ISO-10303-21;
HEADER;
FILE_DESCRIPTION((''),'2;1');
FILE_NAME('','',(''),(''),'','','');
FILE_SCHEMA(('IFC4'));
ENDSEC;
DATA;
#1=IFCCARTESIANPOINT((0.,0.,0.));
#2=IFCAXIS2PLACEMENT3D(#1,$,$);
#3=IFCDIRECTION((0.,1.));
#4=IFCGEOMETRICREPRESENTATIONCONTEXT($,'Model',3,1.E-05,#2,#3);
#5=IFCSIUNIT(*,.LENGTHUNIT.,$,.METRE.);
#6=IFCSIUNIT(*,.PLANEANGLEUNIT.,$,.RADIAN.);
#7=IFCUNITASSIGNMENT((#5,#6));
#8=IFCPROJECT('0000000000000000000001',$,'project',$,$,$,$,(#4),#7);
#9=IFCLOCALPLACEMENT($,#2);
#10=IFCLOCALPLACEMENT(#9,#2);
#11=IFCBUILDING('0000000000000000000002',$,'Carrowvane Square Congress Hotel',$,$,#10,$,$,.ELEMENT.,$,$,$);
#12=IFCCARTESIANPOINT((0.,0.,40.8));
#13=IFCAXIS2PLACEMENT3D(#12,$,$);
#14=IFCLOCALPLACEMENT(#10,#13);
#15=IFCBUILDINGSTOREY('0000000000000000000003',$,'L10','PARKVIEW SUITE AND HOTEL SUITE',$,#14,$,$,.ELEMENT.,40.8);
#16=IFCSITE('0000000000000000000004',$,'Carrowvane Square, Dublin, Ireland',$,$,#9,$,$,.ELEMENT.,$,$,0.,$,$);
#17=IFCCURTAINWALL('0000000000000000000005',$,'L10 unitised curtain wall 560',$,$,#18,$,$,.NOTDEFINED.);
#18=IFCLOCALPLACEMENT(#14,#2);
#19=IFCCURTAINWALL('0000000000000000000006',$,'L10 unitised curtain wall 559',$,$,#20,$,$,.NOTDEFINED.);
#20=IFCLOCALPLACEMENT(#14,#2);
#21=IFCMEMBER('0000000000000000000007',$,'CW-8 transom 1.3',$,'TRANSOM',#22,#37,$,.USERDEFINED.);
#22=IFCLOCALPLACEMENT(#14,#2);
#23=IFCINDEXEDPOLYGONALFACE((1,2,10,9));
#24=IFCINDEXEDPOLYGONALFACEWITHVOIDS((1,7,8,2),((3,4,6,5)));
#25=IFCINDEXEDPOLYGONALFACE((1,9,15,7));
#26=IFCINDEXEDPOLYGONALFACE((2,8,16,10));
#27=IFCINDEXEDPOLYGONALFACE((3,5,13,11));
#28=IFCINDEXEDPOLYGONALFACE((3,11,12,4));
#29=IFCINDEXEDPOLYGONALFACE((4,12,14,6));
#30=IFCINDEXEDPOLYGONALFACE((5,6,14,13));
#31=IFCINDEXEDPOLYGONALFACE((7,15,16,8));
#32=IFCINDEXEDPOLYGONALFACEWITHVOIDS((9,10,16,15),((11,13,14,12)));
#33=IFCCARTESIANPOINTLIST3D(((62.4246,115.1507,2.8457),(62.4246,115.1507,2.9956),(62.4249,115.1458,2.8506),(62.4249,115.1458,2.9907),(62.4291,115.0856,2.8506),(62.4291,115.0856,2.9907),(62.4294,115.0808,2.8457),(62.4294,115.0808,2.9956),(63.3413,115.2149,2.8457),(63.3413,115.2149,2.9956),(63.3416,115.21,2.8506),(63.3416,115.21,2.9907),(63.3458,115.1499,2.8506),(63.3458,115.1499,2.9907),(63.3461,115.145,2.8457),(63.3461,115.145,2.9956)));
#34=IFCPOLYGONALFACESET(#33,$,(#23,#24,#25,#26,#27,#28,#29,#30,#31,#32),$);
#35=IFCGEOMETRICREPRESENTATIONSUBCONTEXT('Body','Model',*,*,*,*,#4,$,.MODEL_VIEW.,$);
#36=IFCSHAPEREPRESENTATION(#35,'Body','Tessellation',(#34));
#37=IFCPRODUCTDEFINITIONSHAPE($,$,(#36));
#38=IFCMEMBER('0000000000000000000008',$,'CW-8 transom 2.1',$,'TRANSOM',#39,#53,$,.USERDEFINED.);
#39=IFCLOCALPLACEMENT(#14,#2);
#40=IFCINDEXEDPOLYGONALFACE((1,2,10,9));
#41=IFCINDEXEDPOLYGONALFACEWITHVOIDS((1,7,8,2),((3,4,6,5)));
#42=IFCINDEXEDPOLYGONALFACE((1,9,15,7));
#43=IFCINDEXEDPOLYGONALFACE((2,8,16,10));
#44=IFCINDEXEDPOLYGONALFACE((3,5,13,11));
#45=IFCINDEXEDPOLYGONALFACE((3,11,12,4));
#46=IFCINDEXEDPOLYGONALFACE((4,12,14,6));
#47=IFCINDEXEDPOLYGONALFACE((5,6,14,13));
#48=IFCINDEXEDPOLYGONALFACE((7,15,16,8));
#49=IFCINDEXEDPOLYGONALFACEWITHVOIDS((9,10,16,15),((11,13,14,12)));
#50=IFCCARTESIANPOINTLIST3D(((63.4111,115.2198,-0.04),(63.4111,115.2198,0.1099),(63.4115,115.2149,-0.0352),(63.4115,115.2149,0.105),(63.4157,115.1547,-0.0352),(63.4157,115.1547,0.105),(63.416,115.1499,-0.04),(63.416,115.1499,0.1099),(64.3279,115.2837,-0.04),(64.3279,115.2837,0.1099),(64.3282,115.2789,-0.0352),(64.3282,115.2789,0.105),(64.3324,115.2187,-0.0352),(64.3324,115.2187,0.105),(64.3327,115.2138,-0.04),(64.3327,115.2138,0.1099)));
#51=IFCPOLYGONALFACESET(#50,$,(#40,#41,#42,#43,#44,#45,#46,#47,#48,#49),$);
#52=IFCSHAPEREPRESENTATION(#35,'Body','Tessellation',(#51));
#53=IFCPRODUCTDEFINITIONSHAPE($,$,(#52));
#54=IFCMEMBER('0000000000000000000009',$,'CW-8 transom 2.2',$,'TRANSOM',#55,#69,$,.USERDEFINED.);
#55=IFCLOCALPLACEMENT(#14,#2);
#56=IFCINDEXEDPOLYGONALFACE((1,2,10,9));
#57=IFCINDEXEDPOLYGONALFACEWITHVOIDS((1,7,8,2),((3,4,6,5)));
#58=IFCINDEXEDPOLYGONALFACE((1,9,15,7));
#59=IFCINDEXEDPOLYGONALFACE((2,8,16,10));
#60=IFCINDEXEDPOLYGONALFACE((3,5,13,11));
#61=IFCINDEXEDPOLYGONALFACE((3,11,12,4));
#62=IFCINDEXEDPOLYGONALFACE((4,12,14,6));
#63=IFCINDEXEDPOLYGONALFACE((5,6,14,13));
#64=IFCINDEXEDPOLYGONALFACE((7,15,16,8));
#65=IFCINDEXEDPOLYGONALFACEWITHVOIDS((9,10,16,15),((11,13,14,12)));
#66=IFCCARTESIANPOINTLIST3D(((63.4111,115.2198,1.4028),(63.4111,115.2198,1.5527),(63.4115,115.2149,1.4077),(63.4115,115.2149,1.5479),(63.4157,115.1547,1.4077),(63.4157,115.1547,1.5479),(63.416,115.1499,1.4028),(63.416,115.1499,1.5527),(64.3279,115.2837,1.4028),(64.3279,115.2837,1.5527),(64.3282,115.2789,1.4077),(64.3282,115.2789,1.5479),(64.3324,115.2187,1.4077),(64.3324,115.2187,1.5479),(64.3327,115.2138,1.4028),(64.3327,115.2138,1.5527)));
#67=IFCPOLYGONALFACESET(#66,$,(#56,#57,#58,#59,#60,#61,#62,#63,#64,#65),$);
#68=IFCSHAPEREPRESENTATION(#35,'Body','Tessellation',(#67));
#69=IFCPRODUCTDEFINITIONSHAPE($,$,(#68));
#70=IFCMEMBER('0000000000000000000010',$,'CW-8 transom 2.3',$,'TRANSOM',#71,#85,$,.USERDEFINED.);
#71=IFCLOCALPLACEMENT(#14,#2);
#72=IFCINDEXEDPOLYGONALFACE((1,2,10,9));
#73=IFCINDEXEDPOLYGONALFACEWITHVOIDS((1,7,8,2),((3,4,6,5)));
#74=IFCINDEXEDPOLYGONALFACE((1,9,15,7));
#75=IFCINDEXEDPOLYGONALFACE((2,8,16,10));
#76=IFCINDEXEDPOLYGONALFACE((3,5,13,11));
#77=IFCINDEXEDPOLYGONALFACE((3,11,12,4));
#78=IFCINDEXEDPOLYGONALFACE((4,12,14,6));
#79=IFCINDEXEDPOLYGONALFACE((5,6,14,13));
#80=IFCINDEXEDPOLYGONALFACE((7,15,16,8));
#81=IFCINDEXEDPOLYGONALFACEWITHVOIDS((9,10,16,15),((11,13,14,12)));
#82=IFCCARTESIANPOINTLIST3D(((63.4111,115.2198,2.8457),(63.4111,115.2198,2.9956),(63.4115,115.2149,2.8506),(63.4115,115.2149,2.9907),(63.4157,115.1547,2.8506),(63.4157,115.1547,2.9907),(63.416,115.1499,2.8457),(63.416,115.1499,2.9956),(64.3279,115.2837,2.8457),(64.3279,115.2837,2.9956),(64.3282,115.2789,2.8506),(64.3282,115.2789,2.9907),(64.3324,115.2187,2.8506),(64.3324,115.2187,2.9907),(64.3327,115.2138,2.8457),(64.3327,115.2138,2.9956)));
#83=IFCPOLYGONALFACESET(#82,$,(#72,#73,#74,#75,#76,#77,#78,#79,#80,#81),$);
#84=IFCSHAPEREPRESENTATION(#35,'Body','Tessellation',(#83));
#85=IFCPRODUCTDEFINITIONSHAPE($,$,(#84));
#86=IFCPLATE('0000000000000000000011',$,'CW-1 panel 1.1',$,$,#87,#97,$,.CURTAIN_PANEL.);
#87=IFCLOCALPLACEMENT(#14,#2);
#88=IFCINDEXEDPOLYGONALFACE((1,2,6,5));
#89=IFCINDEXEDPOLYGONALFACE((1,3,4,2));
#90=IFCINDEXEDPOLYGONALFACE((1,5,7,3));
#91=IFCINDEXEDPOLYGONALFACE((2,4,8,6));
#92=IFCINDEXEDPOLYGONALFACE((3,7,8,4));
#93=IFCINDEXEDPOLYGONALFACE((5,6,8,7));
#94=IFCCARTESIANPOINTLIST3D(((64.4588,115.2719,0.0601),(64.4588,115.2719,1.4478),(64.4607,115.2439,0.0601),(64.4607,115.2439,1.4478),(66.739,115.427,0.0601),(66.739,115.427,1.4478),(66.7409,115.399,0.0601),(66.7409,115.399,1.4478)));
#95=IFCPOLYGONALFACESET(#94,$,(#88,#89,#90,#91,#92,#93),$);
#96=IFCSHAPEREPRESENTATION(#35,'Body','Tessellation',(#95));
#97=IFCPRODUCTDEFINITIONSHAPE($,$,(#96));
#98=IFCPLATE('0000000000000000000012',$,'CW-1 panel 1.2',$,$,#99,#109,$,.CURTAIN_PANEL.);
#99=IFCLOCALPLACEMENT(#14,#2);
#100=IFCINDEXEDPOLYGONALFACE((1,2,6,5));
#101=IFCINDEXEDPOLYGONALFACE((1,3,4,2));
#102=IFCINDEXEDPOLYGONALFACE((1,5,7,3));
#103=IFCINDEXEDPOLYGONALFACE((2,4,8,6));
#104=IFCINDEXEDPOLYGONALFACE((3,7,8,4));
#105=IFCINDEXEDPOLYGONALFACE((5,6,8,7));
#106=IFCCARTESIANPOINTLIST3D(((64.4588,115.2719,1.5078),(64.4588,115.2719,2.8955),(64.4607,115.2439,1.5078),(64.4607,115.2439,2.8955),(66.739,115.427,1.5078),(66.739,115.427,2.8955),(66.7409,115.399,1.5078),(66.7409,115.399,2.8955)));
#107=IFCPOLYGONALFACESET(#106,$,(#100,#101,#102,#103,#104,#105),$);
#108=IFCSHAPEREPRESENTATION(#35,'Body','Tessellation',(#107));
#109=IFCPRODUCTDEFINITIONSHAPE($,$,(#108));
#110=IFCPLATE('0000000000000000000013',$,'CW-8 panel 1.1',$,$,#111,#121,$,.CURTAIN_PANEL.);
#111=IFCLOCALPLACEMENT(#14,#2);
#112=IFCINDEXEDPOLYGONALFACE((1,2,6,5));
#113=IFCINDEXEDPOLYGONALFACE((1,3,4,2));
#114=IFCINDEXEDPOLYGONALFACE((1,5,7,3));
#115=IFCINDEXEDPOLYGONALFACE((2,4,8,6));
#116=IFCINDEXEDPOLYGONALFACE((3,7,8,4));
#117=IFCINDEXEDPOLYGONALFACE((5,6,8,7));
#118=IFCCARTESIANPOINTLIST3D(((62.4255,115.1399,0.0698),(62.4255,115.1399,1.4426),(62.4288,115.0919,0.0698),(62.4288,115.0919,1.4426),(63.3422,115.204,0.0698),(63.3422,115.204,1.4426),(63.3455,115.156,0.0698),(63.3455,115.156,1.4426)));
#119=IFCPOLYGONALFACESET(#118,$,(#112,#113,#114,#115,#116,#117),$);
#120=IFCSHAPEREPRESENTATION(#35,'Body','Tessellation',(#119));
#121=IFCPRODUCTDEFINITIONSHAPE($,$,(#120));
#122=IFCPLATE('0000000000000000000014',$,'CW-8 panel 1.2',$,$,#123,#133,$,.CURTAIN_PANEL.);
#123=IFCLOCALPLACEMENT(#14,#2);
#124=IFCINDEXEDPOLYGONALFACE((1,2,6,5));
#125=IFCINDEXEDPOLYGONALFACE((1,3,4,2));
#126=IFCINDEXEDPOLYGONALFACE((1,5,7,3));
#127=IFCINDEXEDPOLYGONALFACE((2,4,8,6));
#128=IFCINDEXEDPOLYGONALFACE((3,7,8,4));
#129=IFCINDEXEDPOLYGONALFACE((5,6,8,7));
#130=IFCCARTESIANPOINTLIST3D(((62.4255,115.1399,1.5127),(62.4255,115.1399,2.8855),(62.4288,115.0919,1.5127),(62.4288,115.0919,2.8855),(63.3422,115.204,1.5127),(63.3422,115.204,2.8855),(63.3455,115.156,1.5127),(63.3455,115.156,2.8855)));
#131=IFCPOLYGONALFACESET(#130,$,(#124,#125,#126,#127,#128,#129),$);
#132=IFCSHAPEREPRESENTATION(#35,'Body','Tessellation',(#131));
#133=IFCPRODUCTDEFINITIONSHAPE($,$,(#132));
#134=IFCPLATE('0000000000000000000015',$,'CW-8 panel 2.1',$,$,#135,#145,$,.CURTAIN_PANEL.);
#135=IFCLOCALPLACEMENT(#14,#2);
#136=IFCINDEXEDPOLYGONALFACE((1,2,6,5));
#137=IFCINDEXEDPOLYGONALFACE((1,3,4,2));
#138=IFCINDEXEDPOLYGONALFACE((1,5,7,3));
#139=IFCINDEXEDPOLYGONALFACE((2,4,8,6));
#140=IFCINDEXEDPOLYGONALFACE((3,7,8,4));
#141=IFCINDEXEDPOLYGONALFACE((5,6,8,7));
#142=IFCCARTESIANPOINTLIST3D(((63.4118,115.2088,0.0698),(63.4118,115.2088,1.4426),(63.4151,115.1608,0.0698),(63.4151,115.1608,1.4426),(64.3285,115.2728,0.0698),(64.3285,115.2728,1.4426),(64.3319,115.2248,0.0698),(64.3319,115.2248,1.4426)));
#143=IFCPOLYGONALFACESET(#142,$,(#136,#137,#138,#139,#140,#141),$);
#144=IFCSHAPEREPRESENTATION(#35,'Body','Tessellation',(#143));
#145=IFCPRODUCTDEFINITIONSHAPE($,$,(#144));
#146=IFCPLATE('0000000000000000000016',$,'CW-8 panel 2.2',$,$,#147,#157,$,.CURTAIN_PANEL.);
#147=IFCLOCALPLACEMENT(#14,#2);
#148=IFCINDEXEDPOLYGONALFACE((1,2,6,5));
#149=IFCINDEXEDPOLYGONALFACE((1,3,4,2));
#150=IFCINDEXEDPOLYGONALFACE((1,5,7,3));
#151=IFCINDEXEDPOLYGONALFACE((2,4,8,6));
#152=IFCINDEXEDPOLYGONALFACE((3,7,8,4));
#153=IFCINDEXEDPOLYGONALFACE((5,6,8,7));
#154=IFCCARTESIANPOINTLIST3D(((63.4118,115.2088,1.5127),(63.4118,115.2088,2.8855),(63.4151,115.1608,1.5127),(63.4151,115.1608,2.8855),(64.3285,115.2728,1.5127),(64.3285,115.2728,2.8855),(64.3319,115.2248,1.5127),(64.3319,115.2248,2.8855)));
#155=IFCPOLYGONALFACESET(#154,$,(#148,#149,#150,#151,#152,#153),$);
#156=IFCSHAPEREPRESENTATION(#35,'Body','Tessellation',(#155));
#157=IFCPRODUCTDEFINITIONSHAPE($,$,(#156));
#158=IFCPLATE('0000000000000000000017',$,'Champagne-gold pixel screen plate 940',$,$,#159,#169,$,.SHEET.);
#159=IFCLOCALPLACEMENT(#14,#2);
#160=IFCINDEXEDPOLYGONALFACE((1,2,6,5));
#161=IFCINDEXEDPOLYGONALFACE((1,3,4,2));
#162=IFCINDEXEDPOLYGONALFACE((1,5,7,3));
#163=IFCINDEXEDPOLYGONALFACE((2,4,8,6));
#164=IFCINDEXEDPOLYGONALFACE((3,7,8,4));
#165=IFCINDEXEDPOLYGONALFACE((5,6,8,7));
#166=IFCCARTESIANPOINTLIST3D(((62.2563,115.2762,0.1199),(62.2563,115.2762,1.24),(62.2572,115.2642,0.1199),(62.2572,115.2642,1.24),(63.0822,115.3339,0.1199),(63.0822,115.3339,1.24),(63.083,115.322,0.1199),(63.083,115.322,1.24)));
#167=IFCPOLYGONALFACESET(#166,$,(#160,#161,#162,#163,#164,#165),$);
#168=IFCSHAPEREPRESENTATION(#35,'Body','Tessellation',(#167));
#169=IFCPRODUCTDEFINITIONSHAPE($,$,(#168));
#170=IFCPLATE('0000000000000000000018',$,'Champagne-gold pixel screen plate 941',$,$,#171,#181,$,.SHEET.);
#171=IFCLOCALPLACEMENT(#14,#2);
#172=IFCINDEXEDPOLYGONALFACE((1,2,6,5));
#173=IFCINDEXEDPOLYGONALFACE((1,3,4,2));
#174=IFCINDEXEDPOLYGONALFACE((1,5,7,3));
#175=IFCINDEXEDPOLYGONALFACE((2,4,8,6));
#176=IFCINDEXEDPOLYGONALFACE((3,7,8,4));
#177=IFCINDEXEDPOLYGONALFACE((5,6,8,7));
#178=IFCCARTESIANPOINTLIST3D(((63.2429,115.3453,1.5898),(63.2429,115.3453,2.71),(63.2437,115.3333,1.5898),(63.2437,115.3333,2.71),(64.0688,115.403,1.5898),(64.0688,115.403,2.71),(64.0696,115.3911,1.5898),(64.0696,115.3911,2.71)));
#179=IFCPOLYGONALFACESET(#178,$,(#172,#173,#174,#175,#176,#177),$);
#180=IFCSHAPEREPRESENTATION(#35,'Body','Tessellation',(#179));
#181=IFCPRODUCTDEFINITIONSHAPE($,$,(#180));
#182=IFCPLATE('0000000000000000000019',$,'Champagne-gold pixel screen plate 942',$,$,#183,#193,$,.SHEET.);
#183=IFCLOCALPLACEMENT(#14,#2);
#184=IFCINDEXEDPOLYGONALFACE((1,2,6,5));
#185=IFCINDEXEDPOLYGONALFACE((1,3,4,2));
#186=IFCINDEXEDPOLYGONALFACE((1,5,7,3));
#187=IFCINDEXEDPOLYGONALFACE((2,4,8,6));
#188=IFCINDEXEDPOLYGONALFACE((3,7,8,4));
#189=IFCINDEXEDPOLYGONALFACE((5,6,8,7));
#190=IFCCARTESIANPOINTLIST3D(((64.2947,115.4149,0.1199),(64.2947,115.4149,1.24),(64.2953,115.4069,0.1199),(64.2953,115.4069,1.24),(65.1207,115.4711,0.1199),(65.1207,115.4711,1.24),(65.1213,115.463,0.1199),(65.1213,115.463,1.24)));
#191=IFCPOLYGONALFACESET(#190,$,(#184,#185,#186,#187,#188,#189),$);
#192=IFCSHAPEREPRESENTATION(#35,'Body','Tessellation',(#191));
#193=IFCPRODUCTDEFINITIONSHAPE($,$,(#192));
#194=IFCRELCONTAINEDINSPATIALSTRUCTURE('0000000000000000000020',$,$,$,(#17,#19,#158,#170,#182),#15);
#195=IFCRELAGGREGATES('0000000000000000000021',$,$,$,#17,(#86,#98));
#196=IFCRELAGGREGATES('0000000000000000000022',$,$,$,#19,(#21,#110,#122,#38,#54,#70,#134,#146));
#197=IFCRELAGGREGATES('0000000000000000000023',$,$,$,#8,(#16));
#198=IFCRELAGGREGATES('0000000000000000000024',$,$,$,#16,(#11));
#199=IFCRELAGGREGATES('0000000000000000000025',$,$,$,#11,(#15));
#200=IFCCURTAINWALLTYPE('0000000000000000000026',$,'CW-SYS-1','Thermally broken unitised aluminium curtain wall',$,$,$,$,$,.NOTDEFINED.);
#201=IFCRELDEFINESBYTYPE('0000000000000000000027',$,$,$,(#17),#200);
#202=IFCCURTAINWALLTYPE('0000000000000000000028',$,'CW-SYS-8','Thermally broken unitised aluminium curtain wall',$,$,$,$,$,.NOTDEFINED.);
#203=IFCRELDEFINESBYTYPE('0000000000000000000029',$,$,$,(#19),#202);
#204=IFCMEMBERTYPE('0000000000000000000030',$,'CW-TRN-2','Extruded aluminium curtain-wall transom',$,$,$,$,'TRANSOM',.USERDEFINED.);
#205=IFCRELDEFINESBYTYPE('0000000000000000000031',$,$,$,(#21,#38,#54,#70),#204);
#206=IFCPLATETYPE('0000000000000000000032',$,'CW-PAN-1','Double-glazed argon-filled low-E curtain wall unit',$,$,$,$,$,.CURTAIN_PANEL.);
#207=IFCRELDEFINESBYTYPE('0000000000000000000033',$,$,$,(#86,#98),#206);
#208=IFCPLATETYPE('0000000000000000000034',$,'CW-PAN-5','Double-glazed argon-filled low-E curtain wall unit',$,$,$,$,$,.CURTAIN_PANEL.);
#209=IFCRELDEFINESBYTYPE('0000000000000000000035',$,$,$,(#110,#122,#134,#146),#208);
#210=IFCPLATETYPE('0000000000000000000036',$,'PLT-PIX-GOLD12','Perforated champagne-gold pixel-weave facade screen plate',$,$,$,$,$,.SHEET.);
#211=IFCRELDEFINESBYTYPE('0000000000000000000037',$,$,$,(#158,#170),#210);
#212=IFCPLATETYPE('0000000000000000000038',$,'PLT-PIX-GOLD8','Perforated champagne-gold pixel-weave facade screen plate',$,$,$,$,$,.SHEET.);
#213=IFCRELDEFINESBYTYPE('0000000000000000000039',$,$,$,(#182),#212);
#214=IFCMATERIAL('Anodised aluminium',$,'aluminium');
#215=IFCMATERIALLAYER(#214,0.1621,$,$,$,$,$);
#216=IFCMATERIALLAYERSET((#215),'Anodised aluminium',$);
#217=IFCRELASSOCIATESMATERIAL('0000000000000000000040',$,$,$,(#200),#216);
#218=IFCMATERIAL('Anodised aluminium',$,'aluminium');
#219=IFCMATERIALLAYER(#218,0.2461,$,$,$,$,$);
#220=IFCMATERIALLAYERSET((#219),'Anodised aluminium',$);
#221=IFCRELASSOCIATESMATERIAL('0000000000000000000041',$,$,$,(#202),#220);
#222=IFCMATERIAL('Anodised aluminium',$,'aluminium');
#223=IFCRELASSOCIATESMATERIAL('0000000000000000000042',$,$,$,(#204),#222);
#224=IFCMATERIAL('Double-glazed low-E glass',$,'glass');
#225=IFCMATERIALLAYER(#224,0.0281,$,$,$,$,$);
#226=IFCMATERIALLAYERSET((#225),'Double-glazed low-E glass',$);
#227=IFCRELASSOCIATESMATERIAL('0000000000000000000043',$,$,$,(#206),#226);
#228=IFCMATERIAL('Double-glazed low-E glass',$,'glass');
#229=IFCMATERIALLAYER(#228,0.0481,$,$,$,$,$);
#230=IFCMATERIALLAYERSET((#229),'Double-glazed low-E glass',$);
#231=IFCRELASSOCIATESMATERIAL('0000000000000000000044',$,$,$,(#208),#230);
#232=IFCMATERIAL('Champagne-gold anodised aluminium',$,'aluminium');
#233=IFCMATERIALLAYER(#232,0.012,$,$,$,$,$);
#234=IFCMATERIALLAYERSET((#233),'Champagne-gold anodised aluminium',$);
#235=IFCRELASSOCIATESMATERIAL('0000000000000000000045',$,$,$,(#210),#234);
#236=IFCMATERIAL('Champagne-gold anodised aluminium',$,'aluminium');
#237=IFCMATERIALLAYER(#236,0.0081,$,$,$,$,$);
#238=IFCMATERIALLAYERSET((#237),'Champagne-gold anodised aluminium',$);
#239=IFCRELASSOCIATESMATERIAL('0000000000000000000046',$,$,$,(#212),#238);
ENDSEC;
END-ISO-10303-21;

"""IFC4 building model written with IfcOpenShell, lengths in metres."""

from ifc_helpers import new_model, si_unit, direction, frame, origin, origin_2d, place, context, subcontext, project, spatial, rectangle, hollow_rectangle, extrude, material, layer, layer_set, material_profile, profile_set, type_object, element, aggregate, save


model = new_model("IFC4")

# Units and contexts
model_context = context("Model", 3, precision=1e-05, world=origin(), true_north=direction((0.0, 1.0)))
body_context = subcontext(model_context, "Body", "Model", "MODEL_VIEW")
ifc_project = project(units=[si_unit("LENGTHUNIT", "METRE"), si_unit("PLANEANGLEUNIT", "RADIAN")], contexts=[model_context])

# Site, building, storey
site_placement = place(None, origin())
site = spatial("IfcSite", under=ifc_project, at=site_placement, Name="Carrowvane Square, Dublin, Ireland", CompositionType="ELEMENT", RefElevation=0.0)
building_placement = place(site_placement, origin())
building = spatial("IfcBuilding", under=site, at=building_placement, Name="Carrowvane Square Congress Hotel", CompositionType="ELEMENT")
storey_placement = place(building_placement, frame((0.0, 0.0, 40.8)))
storey = spatial("IfcBuildingStorey", under=building, at=storey_placement, Name="L10", Description="PARKVIEW SUITE AND HOTEL SUITE", CompositionType="ELEMENT", Elevation=40.8)

# Curtain walls
ifc_material_1 = material(Name="Anodised aluminium", Category="aluminium")
ifc_layer_1 = layer(ifc_material_1, 0.1621)
ifc_layer_set_1 = layer_set([ifc_layer_1], Name="Anodised aluminium")
curtain_wall_type_1 = type_object("IfcCurtainWallType", Name="CW-SYS-1", Description="Thermally broken unitised aluminium curtain wall", PredefinedType="NOTDEFINED", material=ifc_layer_set_1)
curtain_wall_1_placement = place(storey_placement, origin())
curtain_wall_1 = element("IfcCurtainWall", 1, at=curtain_wall_1_placement, inside=storey, type_object=curtain_wall_type_1, Name="L10 unitised curtain wall 560", PredefinedType="NOTDEFINED")
ifc_material_2 = material(Name="Anodised aluminium", Category="aluminium")
ifc_layer_2 = layer(ifc_material_2, 0.2461)
ifc_layer_set_2 = layer_set([ifc_layer_2], Name="Anodised aluminium")
curtain_wall_type_2 = type_object("IfcCurtainWallType", Name="CW-SYS-8", Description="Thermally broken unitised aluminium curtain wall", PredefinedType="NOTDEFINED", material=ifc_layer_set_2)
curtain_wall_2_placement = place(storey_placement, origin())
curtain_wall_2 = element("IfcCurtainWall", 2, at=curtain_wall_2_placement, inside=storey, type_object=curtain_wall_type_2, Name="L10 unitised curtain wall 559", PredefinedType="NOTDEFINED")

# Members
ifc_material_3 = material(Name="Anodised aluminium", Category="aluminium")
ifc_material_profile_1 = material_profile(ifc_material_3, hollow_rectangle(XDim=0.0701, YDim=0.1499, WallThickness=0.0049, at=origin_2d()), Name="CW-TR 70x150x5")
ifc_profile_set_1 = profile_set([ifc_material_profile_1], Name="Anodised aluminium")
member_type_1 = type_object("IfcMemberType", Name="CW-TRN-2", Description="Extruded aluminium curtain-wall transom", ElementType="TRANSOM", PredefinedType="USERDEFINED", material=ifc_profile_set_1)
member_1_placement = place(storey_placement, frame((62.427, 115.1157, 2.9207), z_axis=(0.997556, 0.069869, 0.0), x_axis=(-0.069869, 0.997556, 0.0)))
member_1 = element("IfcMember", 3, at=member_1_placement, type_object=member_type_1, Name="CW-8 transom 1.3", ObjectType="TRANSOM", PredefinedType="USERDEFINED", context=body_context, shape_type="SweptSolid", body=[
    extrude(hollow_rectangle(XDim=0.0701, YDim=0.1499, WallThickness=0.0049, at=origin_2d()), origin(), (0.0, 0.0, 1.0), 0.9189),
])
member_2_placement = place(storey_placement, frame((63.4136, 115.1848, 0.0349), z_axis=(0.997575, 0.069604, 0.0), x_axis=(-0.069604, 0.997575, 0.0)))
member_2 = element("IfcMember", 4, at=member_2_placement, type_object=member_type_1, Name="CW-8 transom 2.1", ObjectType="TRANSOM", PredefinedType="USERDEFINED", context=body_context, shape_type="SweptSolid", body=[
    extrude(hollow_rectangle(XDim=0.0701, YDim=0.1499, WallThickness=0.0049, at=origin_2d()), origin(), (0.0, 0.0, 1.0), 0.9189),
])
member_3_placement = place(storey_placement, frame((63.4136, 115.1848, 1.4778), z_axis=(0.997575, 0.069604, 0.0), x_axis=(-0.069604, 0.997575, 0.0)))
member_3 = element("IfcMember", 5, at=member_3_placement, type_object=member_type_1, Name="CW-8 transom 2.2", ObjectType="TRANSOM", PredefinedType="USERDEFINED", context=body_context, shape_type="SweptSolid", body=[
    extrude(hollow_rectangle(XDim=0.0701, YDim=0.1499, WallThickness=0.0049, at=origin_2d()), origin(), (0.0, 0.0, 1.0), 0.9189),
])
member_4_placement = place(storey_placement, frame((63.4136, 115.1848, 2.9207), z_axis=(0.997575, 0.069604, 0.0), x_axis=(-0.069604, 0.997575, 0.0)))
member_4 = element("IfcMember", 6, at=member_4_placement, type_object=member_type_1, Name="CW-8 transom 2.3", ObjectType="TRANSOM", PredefinedType="USERDEFINED", context=body_context, shape_type="SweptSolid", body=[
    extrude(hollow_rectangle(XDim=0.0701, YDim=0.1499, WallThickness=0.0049, at=origin_2d()), origin(), (0.0, 0.0, 1.0), 0.9189),
])

# Plates
ifc_material_4 = material(Name="Double-glazed low-E glass", Category="glass")
ifc_layer_3 = layer(ifc_material_4, 0.0281)
ifc_layer_set_3 = layer_set([ifc_layer_3], Name="Double-glazed low-E glass")
plate_type_1 = type_object("IfcPlateType", Name="CW-PAN-1", Description="Double-glazed argon-filled low-E curtain wall unit", PredefinedType="CURTAIN_PANEL", material=ifc_layer_set_3)
plate_1_placement = place(storey_placement, frame((65.5999, 115.3354, 0.0601), z_axis=(0.0, 0.0, 1.0), x_axis=(0.997694, 0.067865, 0.0)))
plate_1 = element("IfcPlate", 7, at=plate_1_placement, type_object=plate_type_1, Name="CW-1 panel 1.1", PredefinedType="CURTAIN_PANEL", context=body_context, shape_type="SweptSolid", body=[
    extrude(rectangle(XDim=2.2854, YDim=0.0281, at=origin_2d()), origin(), (0.0, 0.0, 1.0), 1.3877),
])
plate_2_placement = place(storey_placement, frame((65.5999, 115.3354, 1.5078), z_axis=(0.0, 0.0, 1.0), x_axis=(0.997694, 0.067865, 0.0)))
plate_2 = element("IfcPlate", 8, at=plate_2_placement, type_object=plate_type_1, Name="CW-1 panel 1.2", PredefinedType="CURTAIN_PANEL", context=body_context, shape_type="SweptSolid", body=[
    extrude(rectangle(XDim=2.2854, YDim=0.0281, at=origin_2d()), origin(), (0.0, 0.0, 1.0), 1.3877),
])
aggregate(curtain_wall_1, [plate_1, plate_2])
ifc_material_5 = material(Name="Double-glazed low-E glass", Category="glass")
ifc_layer_4 = layer(ifc_material_5, 0.0481)
ifc_layer_set_4 = layer_set([ifc_layer_4], Name="Double-glazed low-E glass")
plate_type_2 = type_object("IfcPlateType", Name="CW-PAN-5", Description="Double-glazed argon-filled low-E curtain wall unit", PredefinedType="CURTAIN_PANEL", material=ifc_layer_set_4)
plate_3_placement = place(storey_placement, frame((62.8855, 115.1479, 0.0698), z_axis=(0.0, 0.0, 1.0), x_axis=(0.997566, 0.069724, 0.0)))
plate_3 = element("IfcPlate", 9, at=plate_3_placement, type_object=plate_type_2, Name="CW-8 panel 1.1", PredefinedType="CURTAIN_PANEL", context=body_context, shape_type="SweptSolid", body=[
    extrude(rectangle(XDim=0.9189, YDim=0.0481, at=origin_2d()), origin(), (0.0, 0.0, 1.0), 1.3728),
])
plate_4_placement = place(storey_placement, frame((62.8855, 115.1479, 1.5127), z_axis=(0.0, 0.0, 1.0), x_axis=(0.997566, 0.069724, 0.0)))
plate_4 = element("IfcPlate", 10, at=plate_4_placement, type_object=plate_type_2, Name="CW-8 panel 1.2", PredefinedType="CURTAIN_PANEL", context=body_context, shape_type="SweptSolid", body=[
    extrude(rectangle(XDim=0.9189, YDim=0.0481, at=origin_2d()), origin(), (0.0, 0.0, 1.0), 1.3728),
])
plate_5_placement = place(storey_placement, frame((63.8718, 115.2168, 0.0698), z_axis=(0.0, 0.0, 1.0), x_axis=(0.997566, 0.069724, 0.0)))
plate_5 = element("IfcPlate", 11, at=plate_5_placement, type_object=plate_type_2, Name="CW-8 panel 2.1", PredefinedType="CURTAIN_PANEL", context=body_context, shape_type="SweptSolid", body=[
    extrude(rectangle(XDim=0.9189, YDim=0.0481, at=origin_2d()), origin(), (0.0, 0.0, 1.0), 1.3728),
])
plate_6_placement = place(storey_placement, frame((63.8718, 115.2168, 1.5127), z_axis=(0.0, 0.0, 1.0), x_axis=(0.997566, 0.069724, 0.0)))
plate_6 = element("IfcPlate", 12, at=plate_6_placement, type_object=plate_type_2, Name="CW-8 panel 2.2", PredefinedType="CURTAIN_PANEL", context=body_context, shape_type="SweptSolid", body=[
    extrude(rectangle(XDim=0.9189, YDim=0.0481, at=origin_2d()), origin(), (0.0, 0.0, 1.0), 1.3728),
])
aggregate(curtain_wall_2, [member_1, plate_3, plate_4, member_2, member_3, member_4, plate_5, plate_6])

# Plates
ifc_material_6 = material(Name="Champagne-gold anodised aluminium", Category="aluminium")
ifc_layer_5 = layer(ifc_material_6, 0.012)
ifc_layer_set_5 = layer_set([ifc_layer_5], Name="Champagne-gold anodised aluminium")
plate_type_3 = type_object("IfcPlateType", Name="PLT-PIX-GOLD12", Description="Perforated champagne-gold pixel-weave facade screen plate", PredefinedType="SHEET", material=ifc_layer_set_5)
for number, where, z_axis, x_axis, name in (
    (13, (62.6697, 115.2991, 0.1199), (0.0, 0.0, 1.0), (0.997566, 0.069725, 0.0), "Champagne-gold pixel screen plate 940"),
    (14, (63.6562, 115.3682, 1.5898), (0.0, 0.0, 1.0), (0.997566, 0.069725, 0.0), "Champagne-gold pixel screen plate 941"),
):
    element("IfcPlate", number, at=place(storey_placement, frame(where, z_axis=z_axis, x_axis=x_axis)), inside=storey, type_object=plate_type_3, Name=name, PredefinedType="SHEET", context=body_context, shape_type="SweptSolid", body=[
        extrude(rectangle(XDim=0.8279, YDim=0.012, at=origin_2d()), origin(), (0.0, 0.0, 1.0), 1.1201),
    ])
ifc_material_7 = material(Name="Champagne-gold anodised aluminium", Category="aluminium")
ifc_layer_6 = layer(ifc_material_7, 0.0081)
ifc_layer_set_6 = layer_set([ifc_layer_6], Name="Champagne-gold anodised aluminium")
plate_type_4 = type_object("IfcPlateType", Name="PLT-PIX-GOLD8", Description="Perforated champagne-gold pixel-weave facade screen plate", PredefinedType="SHEET", material=ifc_layer_set_6)
plate_7_placement = place(storey_placement, frame((64.708, 115.439, 0.1199), z_axis=(0.0, 0.0, 1.0), x_axis=(0.997694, 0.067866, 0.0)))
element("IfcPlate", 15, at=plate_7_placement, inside=storey, type_object=plate_type_4, Name="Champagne-gold pixel screen plate 942", PredefinedType="SHEET", context=body_context, shape_type="SweptSolid", body=[
    extrude(rectangle(XDim=0.8279, YDim=0.0081, at=origin_2d()), origin(), (0.0, 0.0, 1.0), 1.1201),
])

save(model, "model.ifc")
